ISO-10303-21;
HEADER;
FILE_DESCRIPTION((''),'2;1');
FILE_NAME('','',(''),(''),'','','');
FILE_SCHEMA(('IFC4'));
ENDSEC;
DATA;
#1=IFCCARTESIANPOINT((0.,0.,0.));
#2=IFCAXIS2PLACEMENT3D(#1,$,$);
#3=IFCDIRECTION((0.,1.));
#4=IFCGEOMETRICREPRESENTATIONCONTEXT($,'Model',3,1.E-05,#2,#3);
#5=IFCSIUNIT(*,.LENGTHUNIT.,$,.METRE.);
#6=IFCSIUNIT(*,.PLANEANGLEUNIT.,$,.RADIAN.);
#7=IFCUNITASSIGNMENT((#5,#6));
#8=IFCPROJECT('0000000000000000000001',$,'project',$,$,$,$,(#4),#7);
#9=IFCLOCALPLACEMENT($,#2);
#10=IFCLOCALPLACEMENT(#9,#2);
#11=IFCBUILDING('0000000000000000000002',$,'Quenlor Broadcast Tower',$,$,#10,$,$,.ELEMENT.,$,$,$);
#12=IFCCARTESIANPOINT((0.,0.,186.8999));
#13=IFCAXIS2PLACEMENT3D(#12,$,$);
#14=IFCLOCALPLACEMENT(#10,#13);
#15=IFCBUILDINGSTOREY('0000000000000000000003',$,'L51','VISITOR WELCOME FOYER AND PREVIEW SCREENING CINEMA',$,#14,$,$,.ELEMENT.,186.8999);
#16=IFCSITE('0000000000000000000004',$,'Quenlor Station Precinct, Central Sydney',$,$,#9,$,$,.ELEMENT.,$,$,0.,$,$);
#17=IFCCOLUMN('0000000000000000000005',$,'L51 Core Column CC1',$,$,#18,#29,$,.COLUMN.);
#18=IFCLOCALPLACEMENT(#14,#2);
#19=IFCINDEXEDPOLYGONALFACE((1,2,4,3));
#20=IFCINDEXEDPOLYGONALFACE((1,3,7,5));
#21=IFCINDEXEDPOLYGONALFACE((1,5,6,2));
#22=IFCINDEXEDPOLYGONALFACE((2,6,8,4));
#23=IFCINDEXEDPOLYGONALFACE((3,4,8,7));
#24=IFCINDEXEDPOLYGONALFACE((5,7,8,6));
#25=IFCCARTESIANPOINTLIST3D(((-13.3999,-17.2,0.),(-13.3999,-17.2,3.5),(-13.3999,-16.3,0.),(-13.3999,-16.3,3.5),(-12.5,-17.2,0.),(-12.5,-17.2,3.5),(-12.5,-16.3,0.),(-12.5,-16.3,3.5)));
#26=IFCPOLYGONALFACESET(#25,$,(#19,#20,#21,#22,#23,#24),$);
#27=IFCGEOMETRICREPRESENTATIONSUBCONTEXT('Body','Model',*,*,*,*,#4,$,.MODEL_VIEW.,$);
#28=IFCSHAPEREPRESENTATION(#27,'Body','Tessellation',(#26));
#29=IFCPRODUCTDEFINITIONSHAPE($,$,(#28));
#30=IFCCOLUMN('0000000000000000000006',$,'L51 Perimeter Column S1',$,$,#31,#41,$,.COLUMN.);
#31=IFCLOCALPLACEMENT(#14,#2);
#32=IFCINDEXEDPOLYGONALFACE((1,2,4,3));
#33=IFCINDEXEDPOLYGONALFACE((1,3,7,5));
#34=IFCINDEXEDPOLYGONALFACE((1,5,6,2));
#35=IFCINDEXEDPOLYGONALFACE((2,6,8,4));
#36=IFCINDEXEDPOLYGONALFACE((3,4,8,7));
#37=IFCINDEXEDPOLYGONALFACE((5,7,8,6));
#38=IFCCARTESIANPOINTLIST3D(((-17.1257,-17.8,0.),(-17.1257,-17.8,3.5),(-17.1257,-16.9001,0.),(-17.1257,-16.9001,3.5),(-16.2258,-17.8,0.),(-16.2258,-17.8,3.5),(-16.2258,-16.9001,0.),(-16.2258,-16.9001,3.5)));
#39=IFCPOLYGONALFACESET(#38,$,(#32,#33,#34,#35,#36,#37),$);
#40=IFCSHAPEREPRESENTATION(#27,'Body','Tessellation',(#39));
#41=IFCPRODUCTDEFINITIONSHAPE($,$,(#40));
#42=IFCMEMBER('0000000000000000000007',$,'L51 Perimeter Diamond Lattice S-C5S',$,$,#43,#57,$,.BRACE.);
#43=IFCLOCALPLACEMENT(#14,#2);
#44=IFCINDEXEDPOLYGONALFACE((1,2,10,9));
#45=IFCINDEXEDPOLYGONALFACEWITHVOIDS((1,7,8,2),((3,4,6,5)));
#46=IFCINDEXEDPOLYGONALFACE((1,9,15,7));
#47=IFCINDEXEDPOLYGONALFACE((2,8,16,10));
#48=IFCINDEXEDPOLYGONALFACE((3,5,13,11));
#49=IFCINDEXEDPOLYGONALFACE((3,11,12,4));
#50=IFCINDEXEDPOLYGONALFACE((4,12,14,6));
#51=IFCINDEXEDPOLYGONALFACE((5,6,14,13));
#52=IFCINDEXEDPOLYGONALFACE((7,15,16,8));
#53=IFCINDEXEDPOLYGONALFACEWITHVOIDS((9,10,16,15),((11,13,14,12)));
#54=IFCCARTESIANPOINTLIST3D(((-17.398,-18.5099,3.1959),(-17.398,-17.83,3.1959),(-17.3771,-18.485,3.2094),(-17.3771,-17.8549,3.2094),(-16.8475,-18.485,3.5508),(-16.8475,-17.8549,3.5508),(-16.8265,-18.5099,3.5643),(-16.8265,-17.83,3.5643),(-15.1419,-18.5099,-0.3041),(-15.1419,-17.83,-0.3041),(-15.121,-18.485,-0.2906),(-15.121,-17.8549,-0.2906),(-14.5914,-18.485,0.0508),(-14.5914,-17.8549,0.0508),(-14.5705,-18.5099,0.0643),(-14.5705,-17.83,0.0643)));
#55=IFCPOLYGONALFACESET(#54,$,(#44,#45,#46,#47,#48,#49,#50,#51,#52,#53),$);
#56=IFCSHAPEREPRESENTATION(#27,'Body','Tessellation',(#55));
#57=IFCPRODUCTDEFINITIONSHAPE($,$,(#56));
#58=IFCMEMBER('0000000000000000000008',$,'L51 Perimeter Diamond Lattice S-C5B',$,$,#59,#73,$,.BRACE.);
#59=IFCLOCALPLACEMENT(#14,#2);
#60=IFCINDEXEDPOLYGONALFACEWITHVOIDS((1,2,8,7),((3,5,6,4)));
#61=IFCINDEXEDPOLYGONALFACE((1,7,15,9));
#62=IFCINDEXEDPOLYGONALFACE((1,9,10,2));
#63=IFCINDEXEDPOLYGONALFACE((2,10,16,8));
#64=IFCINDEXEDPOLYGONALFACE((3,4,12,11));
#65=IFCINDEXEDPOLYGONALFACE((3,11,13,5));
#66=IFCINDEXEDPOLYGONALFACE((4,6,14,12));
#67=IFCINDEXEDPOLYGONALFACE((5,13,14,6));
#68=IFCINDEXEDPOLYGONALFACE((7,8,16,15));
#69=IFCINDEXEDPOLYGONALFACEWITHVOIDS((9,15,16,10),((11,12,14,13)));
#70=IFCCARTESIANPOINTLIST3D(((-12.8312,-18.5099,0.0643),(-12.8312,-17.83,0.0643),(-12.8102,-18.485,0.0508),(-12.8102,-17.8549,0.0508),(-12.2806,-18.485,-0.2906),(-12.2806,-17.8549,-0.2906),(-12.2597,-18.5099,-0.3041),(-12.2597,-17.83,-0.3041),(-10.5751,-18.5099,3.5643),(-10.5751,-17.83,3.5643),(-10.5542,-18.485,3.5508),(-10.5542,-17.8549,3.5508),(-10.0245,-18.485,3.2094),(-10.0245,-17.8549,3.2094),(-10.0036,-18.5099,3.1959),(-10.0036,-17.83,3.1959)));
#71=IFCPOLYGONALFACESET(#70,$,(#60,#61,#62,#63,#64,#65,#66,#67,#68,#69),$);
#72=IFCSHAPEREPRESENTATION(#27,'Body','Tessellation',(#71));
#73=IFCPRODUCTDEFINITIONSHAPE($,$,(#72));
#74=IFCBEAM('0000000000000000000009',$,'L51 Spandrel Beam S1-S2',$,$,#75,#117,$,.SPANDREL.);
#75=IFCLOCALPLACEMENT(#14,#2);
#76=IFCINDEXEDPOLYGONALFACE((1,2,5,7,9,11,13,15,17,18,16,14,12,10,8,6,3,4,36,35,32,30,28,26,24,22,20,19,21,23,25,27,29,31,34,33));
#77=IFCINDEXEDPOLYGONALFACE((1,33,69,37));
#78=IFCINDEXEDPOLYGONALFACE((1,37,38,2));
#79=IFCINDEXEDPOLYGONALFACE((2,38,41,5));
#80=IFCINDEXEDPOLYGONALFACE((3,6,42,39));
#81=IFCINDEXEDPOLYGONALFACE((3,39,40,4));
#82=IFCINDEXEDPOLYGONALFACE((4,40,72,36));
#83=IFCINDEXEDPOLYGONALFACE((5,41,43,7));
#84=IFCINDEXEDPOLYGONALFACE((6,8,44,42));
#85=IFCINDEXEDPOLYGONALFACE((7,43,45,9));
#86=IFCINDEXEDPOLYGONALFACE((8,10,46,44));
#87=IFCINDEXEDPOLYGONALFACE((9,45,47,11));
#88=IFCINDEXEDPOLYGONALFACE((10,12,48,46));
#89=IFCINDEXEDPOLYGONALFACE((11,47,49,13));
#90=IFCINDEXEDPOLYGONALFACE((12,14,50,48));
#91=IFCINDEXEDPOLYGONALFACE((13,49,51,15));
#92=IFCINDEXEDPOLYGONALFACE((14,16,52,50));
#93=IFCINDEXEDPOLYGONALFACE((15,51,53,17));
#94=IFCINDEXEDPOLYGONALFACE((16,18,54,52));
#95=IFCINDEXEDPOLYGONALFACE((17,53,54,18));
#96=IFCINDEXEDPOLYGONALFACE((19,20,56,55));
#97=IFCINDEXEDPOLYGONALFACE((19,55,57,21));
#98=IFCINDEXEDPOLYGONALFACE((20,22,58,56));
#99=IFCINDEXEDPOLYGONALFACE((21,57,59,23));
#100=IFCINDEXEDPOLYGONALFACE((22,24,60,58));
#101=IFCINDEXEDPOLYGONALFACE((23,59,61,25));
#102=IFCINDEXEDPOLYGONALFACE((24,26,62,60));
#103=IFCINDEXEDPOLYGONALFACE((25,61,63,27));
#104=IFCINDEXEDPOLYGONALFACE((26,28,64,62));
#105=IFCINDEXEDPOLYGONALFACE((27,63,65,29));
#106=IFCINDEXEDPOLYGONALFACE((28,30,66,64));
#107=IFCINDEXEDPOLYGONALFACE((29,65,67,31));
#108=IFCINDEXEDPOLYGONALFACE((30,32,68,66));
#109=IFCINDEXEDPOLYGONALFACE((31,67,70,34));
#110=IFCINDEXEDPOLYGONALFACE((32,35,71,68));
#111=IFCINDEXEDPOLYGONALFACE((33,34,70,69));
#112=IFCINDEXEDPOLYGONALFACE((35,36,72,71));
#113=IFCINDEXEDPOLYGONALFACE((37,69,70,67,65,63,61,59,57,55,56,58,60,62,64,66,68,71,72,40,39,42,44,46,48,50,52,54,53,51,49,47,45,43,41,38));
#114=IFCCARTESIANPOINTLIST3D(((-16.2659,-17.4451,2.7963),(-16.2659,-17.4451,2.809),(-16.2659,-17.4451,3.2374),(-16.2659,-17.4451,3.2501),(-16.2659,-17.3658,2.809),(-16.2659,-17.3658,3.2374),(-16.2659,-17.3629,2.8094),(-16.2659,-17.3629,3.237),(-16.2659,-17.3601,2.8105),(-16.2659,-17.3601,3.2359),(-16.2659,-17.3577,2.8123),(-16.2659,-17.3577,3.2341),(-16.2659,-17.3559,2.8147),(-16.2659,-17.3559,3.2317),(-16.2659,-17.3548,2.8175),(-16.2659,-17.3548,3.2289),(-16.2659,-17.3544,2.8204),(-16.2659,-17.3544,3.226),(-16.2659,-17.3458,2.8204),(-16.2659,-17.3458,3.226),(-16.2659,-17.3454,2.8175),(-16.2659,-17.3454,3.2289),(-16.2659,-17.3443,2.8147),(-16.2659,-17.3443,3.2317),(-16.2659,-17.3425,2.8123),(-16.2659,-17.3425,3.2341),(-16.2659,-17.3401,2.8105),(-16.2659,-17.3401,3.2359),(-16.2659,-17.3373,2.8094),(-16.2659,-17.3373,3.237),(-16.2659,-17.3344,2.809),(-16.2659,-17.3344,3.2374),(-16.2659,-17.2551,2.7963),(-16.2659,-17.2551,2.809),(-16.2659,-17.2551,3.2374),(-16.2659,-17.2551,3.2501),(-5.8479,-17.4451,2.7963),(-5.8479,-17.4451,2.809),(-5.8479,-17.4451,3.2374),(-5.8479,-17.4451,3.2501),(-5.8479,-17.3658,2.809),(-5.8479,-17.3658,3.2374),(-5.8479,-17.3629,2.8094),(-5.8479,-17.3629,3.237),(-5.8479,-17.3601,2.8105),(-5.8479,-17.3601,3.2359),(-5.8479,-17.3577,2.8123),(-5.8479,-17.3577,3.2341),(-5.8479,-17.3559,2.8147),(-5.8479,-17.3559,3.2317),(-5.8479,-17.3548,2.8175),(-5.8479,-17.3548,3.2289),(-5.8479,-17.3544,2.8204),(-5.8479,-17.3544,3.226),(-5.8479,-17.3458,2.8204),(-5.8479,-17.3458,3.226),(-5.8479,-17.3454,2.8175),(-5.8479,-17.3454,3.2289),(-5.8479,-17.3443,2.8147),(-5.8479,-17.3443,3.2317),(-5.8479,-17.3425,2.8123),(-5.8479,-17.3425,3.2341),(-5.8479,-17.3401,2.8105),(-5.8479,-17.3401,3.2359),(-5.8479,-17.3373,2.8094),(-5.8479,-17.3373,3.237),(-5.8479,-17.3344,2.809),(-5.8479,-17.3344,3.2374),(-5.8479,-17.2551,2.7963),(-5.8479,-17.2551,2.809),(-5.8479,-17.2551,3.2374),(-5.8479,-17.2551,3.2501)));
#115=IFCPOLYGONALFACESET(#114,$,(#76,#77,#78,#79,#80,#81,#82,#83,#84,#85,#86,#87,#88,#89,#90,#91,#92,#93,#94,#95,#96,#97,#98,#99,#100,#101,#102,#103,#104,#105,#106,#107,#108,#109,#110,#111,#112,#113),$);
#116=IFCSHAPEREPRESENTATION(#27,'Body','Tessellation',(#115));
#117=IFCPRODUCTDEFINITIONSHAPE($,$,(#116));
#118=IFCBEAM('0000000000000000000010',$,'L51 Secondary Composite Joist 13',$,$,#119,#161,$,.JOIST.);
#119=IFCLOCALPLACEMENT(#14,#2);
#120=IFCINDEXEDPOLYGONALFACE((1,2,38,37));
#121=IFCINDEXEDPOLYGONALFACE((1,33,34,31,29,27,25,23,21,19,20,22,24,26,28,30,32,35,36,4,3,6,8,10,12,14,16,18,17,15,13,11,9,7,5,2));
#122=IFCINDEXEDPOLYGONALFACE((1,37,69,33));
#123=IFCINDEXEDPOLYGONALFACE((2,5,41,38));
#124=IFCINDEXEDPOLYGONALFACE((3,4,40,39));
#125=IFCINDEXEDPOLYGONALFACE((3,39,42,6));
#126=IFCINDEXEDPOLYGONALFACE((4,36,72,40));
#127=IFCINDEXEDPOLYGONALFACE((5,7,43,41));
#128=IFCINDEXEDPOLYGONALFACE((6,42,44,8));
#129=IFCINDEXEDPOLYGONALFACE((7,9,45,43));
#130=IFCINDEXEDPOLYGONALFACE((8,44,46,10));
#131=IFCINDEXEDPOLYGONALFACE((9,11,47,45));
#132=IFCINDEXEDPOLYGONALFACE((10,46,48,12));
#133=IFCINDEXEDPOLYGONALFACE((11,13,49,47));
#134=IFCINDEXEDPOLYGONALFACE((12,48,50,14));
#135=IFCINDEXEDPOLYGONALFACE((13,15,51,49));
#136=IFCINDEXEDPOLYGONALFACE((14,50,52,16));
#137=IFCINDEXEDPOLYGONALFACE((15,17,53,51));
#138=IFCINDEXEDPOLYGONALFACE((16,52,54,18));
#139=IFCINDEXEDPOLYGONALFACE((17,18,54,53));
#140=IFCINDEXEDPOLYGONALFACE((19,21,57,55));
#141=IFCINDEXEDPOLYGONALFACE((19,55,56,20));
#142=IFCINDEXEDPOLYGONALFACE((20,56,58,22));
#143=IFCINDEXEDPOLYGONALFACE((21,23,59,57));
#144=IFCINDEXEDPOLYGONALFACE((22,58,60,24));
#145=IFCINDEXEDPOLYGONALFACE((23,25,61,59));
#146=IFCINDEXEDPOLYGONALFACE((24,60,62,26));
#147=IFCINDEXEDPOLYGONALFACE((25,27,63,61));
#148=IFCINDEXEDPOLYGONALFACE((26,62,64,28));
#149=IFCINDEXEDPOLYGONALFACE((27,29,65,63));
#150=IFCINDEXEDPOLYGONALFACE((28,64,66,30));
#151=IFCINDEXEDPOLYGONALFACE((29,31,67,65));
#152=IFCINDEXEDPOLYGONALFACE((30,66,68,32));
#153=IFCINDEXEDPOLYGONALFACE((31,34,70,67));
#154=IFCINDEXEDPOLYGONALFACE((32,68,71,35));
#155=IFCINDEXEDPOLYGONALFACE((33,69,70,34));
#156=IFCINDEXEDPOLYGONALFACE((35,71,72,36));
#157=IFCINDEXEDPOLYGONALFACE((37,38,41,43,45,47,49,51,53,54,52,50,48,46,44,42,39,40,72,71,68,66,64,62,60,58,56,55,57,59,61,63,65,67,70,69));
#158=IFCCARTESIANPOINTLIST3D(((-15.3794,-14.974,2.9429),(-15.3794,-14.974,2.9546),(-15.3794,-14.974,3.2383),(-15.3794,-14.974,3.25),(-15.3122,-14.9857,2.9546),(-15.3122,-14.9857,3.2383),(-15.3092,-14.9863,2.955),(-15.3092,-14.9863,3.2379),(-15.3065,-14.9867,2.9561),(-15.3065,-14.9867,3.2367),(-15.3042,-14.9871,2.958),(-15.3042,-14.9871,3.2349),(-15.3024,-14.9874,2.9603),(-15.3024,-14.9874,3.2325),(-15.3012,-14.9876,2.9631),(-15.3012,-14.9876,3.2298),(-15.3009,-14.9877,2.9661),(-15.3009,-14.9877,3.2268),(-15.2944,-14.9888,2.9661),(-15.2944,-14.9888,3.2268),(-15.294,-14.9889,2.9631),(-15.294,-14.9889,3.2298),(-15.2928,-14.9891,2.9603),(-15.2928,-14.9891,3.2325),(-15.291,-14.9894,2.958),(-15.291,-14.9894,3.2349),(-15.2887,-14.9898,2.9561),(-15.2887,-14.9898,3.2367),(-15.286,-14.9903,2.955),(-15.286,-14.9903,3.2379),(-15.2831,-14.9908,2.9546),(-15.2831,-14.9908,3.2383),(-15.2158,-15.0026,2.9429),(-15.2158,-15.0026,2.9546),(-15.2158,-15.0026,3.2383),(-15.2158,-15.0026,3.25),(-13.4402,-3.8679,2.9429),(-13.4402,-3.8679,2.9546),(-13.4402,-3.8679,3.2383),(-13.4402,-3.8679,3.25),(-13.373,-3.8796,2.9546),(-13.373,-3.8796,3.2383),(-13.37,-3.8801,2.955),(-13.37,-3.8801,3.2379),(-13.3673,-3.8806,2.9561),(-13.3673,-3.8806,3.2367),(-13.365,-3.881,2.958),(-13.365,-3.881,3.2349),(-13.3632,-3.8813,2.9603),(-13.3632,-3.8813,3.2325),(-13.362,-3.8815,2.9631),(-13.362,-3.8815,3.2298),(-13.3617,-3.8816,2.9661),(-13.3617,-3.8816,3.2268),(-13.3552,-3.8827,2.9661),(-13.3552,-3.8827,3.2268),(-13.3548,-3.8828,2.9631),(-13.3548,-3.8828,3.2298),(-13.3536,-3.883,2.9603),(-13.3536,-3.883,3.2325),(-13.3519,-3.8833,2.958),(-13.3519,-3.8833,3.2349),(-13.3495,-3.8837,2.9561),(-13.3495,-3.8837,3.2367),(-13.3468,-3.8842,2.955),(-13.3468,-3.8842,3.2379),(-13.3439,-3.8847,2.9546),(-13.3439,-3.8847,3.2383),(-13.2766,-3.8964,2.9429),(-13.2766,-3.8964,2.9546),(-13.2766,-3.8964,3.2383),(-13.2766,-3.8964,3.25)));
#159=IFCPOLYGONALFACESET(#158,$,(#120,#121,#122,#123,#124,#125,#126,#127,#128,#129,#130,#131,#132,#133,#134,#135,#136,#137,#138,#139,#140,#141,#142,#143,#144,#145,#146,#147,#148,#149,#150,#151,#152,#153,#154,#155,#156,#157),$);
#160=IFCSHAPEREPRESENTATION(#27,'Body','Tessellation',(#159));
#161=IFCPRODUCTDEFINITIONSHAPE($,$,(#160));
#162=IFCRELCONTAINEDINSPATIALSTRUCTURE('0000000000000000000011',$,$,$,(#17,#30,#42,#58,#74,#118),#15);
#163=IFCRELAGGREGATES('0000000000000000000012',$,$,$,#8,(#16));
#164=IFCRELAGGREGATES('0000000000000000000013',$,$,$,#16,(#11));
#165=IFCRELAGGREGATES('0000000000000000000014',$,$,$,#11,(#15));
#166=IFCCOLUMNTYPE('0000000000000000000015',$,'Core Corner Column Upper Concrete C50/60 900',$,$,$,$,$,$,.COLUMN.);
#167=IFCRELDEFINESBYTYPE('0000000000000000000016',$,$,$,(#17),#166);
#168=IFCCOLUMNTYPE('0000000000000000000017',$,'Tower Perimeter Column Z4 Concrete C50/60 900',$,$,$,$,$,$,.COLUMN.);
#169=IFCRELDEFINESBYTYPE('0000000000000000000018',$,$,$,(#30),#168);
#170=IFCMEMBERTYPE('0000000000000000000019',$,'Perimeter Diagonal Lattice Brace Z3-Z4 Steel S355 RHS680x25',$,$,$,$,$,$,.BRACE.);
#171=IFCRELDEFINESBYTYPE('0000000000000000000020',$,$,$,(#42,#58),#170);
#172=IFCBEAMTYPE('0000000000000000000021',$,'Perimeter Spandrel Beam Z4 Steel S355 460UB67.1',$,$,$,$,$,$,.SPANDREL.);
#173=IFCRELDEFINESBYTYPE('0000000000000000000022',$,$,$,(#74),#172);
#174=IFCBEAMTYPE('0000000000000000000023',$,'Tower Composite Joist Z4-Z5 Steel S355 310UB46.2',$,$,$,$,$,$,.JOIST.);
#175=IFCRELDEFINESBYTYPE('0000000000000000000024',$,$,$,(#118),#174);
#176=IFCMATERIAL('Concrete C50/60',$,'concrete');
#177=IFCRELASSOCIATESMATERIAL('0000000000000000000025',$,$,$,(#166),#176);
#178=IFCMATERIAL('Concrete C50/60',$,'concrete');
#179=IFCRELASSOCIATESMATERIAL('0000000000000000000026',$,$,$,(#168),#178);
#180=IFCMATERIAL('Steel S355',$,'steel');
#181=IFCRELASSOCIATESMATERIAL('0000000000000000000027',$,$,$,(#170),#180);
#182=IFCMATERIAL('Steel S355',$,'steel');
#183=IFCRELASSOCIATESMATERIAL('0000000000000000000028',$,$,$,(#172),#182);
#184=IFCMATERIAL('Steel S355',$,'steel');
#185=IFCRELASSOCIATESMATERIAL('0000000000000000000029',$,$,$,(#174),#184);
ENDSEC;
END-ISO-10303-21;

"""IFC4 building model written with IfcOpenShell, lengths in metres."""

from ifc_helpers import new_model, si_unit, direction, frame, origin, origin_2d, place, context, subcontext, project, spatial, rectangle, hollow_rectangle, i_section, extrude, material, material_profile, profile_set, type_object, element, save


model = new_model("IFC4")

# Units and contexts
model_context = context("Model", 3, precision=1e-05, world=origin(), true_north=direction((0.0, 1.0)))
body_context = subcontext(model_context, "Body", "Model", "MODEL_VIEW")
ifc_project = project(units=[si_unit("LENGTHUNIT", "METRE"), si_unit("PLANEANGLEUNIT", "RADIAN")], contexts=[model_context])

# Site, building, storey
site_placement = place(None, origin())
site = spatial("IfcSite", under=ifc_project, at=site_placement, Name="Quenlor Station Precinct, Central Sydney", CompositionType="ELEMENT", RefElevation=0.0)
building_placement = place(site_placement, origin())
building = spatial("IfcBuilding", under=site, at=building_placement, Name="Quenlor Broadcast Tower", CompositionType="ELEMENT")
storey_placement = place(building_placement, frame((0.0, 0.0, 186.8999)))
storey = spatial("IfcBuildingStorey", under=building, at=storey_placement, Name="L51", Description="VISITOR WELCOME FOYER AND PREVIEW SCREENING CINEMA", CompositionType="ELEMENT", Elevation=186.8999)

# Columns
ifc_material_1 = material(Name="Concrete C50/60", Category="concrete")
ifc_material_profile_1 = material_profile(ifc_material_1, rectangle(XDim=0.8999, YDim=0.8999, at=origin_2d()))
ifc_profile_set_1 = profile_set([ifc_material_profile_1], Name="Concrete C50/60 RC900x900")
column_type_1 = type_object("IfcColumnType", Name="Core Corner Column Upper Concrete C50/60 900", PredefinedType="COLUMN", material=ifc_profile_set_1)
column_1_placement = place(storey_placement, frame((-12.95, -16.75, 0.0), z_axis=(0.0, 0.0, 1.0), x_axis=(1.0, 0.0, 0.0)))
element("IfcColumn", 1, at=column_1_placement, inside=storey, type_object=column_type_1, Name="L51 Core Column CC1", PredefinedType="COLUMN", context=body_context, shape_type="SweptSolid", body=[
    extrude(rectangle(XDim=0.8999, YDim=0.8999, at=origin_2d()), origin(), (0.0, 0.0, 1.0), 3.5),
])
ifc_material_2 = material(Name="Concrete C50/60", Category="concrete")
ifc_material_profile_2 = material_profile(ifc_material_2, rectangle(XDim=0.8999, YDim=0.8999, at=origin_2d()))
ifc_profile_set_2 = profile_set([ifc_material_profile_2], Name="Concrete C50/60 RC900x900")
column_type_2 = type_object("IfcColumnType", Name="Tower Perimeter Column Z4 Concrete C50/60 900", PredefinedType="COLUMN", material=ifc_profile_set_2)
column_2_placement = place(storey_placement, frame((-16.6758, -17.3501, 0.0), z_axis=(0.0, 0.0, 1.0), x_axis=(0.0, 1.0, 0.0)))
element("IfcColumn", 2, at=column_2_placement, inside=storey, type_object=column_type_2, Name="L51 Perimeter Column S1", PredefinedType="COLUMN", context=body_context, shape_type="SweptSolid", body=[
    extrude(rectangle(XDim=0.8999, YDim=0.8999, at=origin_2d()), origin(), (0.0, 0.0, 1.0), 3.5),
])

# Members
ifc_material_3 = material(Name="Steel S355", Category="steel")
ifc_material_profile_3 = material_profile(ifc_material_3, hollow_rectangle(XDim=0.6799, YDim=0.6799, WallThickness=0.0249, at=origin_2d()))
ifc_profile_set_3 = profile_set([ifc_material_profile_3], Name="Steel S355 RHS680x680x25")
member_type = type_object("IfcMemberType", Name="Perimeter Diagonal Lattice Brace Z3-Z4 Steel S355 RHS680x25", PredefinedType="BRACE", material=ifc_profile_set_3)
for number, where, z_axis, x_axis, name in (
    (3, (-14.8562, -18.1699, -0.1199), (-0.541794, 0.0, 0.840511), (0.0, -1.0, 0.0), "L51 Perimeter Diamond Lattice S-C5S"),
    (4, (-12.5454, -18.1699, -0.1199), (0.541794, 0.0, 0.840511), (0.0, 1.0, 0.0), "L51 Perimeter Diamond Lattice S-C5B"),
):
    element("IfcMember", number, at=place(storey_placement, frame(where, z_axis=z_axis, x_axis=x_axis)), inside=storey, type_object=member_type, Name=name, PredefinedType="BRACE", context=body_context, shape_type="SweptSolid", body=[
        extrude(hollow_rectangle(XDim=0.6799, YDim=0.6799, WallThickness=0.0249, at=origin_2d()), origin(), (0.0, 0.0, 1.0), 4.1641),
    ])

# Beams
ifc_material_4 = material(Name="Steel S355", Category="steel")
ifc_material_profile_4 = material_profile(ifc_material_4, i_section(OverallWidth=0.1899, OverallDepth=0.4539, WebThickness=0.0085, FlangeThickness=0.0127, FilletRadius=0.0115, at=origin_2d()))
ifc_profile_set_4 = profile_set([ifc_material_profile_4], Name="Steel S355 460UB67.1")
beam_type_1 = type_object("IfcBeamType", Name="Perimeter Spandrel Beam Z4 Steel S355 460UB67.1", PredefinedType="SPANDREL", material=ifc_profile_set_4)
beam_1_placement = place(storey_placement, frame((-16.2659, -17.3501, 3.0232), z_axis=(1.0, 0.0, 0.0), x_axis=(0.0, 1.0, 0.0)))
element("IfcBeam", 5, at=beam_1_placement, inside=storey, type_object=beam_type_1, Name="L51 Spandrel Beam S1-S2", PredefinedType="SPANDREL", context=body_context, shape_type="SweptSolid", body=[
    extrude(i_section(OverallWidth=0.1899, OverallDepth=0.4539, WebThickness=0.0085, FlangeThickness=0.0127, FilletRadius=0.0115, at=origin_2d()), origin(), (0.0, 0.0, 1.0), 10.418),
])
ifc_material_5 = material(Name="Steel S355", Category="steel")
ifc_material_profile_5 = material_profile(ifc_material_5, i_section(OverallWidth=0.166, OverallDepth=0.3071, WebThickness=0.0066, FlangeThickness=0.0117, FilletRadius=0.0115, at=origin_2d()))
ifc_profile_set_5 = profile_set([ifc_material_profile_5], Name="Steel S355 310UB46.2")
beam_type_2 = type_object("IfcBeamType", Name="Tower Composite Joist Z4-Z5 Steel S355 310UB46.2", PredefinedType="JOIST", material=ifc_profile_set_5)
beam_2_placement = place(storey_placement, frame((-15.2976, -14.9883, 3.0964), z_axis=(0.172004, 0.985096, 0.0), x_axis=(-0.985096, 0.172004, 0.0)))
element("IfcBeam", 6, at=beam_2_placement, inside=storey, type_object=beam_type_2, Name="L51 Secondary Composite Joist 13", PredefinedType="JOIST", context=body_context, shape_type="SweptSolid", body=[
    extrude(i_section(OverallWidth=0.166, OverallDepth=0.3071, WebThickness=0.0066, FlangeThickness=0.0117, FilletRadius=0.0115, at=origin_2d()), origin(), (0.0, 0.0, 1.0), 11.2742),
])

save(model, "model.ifc")
